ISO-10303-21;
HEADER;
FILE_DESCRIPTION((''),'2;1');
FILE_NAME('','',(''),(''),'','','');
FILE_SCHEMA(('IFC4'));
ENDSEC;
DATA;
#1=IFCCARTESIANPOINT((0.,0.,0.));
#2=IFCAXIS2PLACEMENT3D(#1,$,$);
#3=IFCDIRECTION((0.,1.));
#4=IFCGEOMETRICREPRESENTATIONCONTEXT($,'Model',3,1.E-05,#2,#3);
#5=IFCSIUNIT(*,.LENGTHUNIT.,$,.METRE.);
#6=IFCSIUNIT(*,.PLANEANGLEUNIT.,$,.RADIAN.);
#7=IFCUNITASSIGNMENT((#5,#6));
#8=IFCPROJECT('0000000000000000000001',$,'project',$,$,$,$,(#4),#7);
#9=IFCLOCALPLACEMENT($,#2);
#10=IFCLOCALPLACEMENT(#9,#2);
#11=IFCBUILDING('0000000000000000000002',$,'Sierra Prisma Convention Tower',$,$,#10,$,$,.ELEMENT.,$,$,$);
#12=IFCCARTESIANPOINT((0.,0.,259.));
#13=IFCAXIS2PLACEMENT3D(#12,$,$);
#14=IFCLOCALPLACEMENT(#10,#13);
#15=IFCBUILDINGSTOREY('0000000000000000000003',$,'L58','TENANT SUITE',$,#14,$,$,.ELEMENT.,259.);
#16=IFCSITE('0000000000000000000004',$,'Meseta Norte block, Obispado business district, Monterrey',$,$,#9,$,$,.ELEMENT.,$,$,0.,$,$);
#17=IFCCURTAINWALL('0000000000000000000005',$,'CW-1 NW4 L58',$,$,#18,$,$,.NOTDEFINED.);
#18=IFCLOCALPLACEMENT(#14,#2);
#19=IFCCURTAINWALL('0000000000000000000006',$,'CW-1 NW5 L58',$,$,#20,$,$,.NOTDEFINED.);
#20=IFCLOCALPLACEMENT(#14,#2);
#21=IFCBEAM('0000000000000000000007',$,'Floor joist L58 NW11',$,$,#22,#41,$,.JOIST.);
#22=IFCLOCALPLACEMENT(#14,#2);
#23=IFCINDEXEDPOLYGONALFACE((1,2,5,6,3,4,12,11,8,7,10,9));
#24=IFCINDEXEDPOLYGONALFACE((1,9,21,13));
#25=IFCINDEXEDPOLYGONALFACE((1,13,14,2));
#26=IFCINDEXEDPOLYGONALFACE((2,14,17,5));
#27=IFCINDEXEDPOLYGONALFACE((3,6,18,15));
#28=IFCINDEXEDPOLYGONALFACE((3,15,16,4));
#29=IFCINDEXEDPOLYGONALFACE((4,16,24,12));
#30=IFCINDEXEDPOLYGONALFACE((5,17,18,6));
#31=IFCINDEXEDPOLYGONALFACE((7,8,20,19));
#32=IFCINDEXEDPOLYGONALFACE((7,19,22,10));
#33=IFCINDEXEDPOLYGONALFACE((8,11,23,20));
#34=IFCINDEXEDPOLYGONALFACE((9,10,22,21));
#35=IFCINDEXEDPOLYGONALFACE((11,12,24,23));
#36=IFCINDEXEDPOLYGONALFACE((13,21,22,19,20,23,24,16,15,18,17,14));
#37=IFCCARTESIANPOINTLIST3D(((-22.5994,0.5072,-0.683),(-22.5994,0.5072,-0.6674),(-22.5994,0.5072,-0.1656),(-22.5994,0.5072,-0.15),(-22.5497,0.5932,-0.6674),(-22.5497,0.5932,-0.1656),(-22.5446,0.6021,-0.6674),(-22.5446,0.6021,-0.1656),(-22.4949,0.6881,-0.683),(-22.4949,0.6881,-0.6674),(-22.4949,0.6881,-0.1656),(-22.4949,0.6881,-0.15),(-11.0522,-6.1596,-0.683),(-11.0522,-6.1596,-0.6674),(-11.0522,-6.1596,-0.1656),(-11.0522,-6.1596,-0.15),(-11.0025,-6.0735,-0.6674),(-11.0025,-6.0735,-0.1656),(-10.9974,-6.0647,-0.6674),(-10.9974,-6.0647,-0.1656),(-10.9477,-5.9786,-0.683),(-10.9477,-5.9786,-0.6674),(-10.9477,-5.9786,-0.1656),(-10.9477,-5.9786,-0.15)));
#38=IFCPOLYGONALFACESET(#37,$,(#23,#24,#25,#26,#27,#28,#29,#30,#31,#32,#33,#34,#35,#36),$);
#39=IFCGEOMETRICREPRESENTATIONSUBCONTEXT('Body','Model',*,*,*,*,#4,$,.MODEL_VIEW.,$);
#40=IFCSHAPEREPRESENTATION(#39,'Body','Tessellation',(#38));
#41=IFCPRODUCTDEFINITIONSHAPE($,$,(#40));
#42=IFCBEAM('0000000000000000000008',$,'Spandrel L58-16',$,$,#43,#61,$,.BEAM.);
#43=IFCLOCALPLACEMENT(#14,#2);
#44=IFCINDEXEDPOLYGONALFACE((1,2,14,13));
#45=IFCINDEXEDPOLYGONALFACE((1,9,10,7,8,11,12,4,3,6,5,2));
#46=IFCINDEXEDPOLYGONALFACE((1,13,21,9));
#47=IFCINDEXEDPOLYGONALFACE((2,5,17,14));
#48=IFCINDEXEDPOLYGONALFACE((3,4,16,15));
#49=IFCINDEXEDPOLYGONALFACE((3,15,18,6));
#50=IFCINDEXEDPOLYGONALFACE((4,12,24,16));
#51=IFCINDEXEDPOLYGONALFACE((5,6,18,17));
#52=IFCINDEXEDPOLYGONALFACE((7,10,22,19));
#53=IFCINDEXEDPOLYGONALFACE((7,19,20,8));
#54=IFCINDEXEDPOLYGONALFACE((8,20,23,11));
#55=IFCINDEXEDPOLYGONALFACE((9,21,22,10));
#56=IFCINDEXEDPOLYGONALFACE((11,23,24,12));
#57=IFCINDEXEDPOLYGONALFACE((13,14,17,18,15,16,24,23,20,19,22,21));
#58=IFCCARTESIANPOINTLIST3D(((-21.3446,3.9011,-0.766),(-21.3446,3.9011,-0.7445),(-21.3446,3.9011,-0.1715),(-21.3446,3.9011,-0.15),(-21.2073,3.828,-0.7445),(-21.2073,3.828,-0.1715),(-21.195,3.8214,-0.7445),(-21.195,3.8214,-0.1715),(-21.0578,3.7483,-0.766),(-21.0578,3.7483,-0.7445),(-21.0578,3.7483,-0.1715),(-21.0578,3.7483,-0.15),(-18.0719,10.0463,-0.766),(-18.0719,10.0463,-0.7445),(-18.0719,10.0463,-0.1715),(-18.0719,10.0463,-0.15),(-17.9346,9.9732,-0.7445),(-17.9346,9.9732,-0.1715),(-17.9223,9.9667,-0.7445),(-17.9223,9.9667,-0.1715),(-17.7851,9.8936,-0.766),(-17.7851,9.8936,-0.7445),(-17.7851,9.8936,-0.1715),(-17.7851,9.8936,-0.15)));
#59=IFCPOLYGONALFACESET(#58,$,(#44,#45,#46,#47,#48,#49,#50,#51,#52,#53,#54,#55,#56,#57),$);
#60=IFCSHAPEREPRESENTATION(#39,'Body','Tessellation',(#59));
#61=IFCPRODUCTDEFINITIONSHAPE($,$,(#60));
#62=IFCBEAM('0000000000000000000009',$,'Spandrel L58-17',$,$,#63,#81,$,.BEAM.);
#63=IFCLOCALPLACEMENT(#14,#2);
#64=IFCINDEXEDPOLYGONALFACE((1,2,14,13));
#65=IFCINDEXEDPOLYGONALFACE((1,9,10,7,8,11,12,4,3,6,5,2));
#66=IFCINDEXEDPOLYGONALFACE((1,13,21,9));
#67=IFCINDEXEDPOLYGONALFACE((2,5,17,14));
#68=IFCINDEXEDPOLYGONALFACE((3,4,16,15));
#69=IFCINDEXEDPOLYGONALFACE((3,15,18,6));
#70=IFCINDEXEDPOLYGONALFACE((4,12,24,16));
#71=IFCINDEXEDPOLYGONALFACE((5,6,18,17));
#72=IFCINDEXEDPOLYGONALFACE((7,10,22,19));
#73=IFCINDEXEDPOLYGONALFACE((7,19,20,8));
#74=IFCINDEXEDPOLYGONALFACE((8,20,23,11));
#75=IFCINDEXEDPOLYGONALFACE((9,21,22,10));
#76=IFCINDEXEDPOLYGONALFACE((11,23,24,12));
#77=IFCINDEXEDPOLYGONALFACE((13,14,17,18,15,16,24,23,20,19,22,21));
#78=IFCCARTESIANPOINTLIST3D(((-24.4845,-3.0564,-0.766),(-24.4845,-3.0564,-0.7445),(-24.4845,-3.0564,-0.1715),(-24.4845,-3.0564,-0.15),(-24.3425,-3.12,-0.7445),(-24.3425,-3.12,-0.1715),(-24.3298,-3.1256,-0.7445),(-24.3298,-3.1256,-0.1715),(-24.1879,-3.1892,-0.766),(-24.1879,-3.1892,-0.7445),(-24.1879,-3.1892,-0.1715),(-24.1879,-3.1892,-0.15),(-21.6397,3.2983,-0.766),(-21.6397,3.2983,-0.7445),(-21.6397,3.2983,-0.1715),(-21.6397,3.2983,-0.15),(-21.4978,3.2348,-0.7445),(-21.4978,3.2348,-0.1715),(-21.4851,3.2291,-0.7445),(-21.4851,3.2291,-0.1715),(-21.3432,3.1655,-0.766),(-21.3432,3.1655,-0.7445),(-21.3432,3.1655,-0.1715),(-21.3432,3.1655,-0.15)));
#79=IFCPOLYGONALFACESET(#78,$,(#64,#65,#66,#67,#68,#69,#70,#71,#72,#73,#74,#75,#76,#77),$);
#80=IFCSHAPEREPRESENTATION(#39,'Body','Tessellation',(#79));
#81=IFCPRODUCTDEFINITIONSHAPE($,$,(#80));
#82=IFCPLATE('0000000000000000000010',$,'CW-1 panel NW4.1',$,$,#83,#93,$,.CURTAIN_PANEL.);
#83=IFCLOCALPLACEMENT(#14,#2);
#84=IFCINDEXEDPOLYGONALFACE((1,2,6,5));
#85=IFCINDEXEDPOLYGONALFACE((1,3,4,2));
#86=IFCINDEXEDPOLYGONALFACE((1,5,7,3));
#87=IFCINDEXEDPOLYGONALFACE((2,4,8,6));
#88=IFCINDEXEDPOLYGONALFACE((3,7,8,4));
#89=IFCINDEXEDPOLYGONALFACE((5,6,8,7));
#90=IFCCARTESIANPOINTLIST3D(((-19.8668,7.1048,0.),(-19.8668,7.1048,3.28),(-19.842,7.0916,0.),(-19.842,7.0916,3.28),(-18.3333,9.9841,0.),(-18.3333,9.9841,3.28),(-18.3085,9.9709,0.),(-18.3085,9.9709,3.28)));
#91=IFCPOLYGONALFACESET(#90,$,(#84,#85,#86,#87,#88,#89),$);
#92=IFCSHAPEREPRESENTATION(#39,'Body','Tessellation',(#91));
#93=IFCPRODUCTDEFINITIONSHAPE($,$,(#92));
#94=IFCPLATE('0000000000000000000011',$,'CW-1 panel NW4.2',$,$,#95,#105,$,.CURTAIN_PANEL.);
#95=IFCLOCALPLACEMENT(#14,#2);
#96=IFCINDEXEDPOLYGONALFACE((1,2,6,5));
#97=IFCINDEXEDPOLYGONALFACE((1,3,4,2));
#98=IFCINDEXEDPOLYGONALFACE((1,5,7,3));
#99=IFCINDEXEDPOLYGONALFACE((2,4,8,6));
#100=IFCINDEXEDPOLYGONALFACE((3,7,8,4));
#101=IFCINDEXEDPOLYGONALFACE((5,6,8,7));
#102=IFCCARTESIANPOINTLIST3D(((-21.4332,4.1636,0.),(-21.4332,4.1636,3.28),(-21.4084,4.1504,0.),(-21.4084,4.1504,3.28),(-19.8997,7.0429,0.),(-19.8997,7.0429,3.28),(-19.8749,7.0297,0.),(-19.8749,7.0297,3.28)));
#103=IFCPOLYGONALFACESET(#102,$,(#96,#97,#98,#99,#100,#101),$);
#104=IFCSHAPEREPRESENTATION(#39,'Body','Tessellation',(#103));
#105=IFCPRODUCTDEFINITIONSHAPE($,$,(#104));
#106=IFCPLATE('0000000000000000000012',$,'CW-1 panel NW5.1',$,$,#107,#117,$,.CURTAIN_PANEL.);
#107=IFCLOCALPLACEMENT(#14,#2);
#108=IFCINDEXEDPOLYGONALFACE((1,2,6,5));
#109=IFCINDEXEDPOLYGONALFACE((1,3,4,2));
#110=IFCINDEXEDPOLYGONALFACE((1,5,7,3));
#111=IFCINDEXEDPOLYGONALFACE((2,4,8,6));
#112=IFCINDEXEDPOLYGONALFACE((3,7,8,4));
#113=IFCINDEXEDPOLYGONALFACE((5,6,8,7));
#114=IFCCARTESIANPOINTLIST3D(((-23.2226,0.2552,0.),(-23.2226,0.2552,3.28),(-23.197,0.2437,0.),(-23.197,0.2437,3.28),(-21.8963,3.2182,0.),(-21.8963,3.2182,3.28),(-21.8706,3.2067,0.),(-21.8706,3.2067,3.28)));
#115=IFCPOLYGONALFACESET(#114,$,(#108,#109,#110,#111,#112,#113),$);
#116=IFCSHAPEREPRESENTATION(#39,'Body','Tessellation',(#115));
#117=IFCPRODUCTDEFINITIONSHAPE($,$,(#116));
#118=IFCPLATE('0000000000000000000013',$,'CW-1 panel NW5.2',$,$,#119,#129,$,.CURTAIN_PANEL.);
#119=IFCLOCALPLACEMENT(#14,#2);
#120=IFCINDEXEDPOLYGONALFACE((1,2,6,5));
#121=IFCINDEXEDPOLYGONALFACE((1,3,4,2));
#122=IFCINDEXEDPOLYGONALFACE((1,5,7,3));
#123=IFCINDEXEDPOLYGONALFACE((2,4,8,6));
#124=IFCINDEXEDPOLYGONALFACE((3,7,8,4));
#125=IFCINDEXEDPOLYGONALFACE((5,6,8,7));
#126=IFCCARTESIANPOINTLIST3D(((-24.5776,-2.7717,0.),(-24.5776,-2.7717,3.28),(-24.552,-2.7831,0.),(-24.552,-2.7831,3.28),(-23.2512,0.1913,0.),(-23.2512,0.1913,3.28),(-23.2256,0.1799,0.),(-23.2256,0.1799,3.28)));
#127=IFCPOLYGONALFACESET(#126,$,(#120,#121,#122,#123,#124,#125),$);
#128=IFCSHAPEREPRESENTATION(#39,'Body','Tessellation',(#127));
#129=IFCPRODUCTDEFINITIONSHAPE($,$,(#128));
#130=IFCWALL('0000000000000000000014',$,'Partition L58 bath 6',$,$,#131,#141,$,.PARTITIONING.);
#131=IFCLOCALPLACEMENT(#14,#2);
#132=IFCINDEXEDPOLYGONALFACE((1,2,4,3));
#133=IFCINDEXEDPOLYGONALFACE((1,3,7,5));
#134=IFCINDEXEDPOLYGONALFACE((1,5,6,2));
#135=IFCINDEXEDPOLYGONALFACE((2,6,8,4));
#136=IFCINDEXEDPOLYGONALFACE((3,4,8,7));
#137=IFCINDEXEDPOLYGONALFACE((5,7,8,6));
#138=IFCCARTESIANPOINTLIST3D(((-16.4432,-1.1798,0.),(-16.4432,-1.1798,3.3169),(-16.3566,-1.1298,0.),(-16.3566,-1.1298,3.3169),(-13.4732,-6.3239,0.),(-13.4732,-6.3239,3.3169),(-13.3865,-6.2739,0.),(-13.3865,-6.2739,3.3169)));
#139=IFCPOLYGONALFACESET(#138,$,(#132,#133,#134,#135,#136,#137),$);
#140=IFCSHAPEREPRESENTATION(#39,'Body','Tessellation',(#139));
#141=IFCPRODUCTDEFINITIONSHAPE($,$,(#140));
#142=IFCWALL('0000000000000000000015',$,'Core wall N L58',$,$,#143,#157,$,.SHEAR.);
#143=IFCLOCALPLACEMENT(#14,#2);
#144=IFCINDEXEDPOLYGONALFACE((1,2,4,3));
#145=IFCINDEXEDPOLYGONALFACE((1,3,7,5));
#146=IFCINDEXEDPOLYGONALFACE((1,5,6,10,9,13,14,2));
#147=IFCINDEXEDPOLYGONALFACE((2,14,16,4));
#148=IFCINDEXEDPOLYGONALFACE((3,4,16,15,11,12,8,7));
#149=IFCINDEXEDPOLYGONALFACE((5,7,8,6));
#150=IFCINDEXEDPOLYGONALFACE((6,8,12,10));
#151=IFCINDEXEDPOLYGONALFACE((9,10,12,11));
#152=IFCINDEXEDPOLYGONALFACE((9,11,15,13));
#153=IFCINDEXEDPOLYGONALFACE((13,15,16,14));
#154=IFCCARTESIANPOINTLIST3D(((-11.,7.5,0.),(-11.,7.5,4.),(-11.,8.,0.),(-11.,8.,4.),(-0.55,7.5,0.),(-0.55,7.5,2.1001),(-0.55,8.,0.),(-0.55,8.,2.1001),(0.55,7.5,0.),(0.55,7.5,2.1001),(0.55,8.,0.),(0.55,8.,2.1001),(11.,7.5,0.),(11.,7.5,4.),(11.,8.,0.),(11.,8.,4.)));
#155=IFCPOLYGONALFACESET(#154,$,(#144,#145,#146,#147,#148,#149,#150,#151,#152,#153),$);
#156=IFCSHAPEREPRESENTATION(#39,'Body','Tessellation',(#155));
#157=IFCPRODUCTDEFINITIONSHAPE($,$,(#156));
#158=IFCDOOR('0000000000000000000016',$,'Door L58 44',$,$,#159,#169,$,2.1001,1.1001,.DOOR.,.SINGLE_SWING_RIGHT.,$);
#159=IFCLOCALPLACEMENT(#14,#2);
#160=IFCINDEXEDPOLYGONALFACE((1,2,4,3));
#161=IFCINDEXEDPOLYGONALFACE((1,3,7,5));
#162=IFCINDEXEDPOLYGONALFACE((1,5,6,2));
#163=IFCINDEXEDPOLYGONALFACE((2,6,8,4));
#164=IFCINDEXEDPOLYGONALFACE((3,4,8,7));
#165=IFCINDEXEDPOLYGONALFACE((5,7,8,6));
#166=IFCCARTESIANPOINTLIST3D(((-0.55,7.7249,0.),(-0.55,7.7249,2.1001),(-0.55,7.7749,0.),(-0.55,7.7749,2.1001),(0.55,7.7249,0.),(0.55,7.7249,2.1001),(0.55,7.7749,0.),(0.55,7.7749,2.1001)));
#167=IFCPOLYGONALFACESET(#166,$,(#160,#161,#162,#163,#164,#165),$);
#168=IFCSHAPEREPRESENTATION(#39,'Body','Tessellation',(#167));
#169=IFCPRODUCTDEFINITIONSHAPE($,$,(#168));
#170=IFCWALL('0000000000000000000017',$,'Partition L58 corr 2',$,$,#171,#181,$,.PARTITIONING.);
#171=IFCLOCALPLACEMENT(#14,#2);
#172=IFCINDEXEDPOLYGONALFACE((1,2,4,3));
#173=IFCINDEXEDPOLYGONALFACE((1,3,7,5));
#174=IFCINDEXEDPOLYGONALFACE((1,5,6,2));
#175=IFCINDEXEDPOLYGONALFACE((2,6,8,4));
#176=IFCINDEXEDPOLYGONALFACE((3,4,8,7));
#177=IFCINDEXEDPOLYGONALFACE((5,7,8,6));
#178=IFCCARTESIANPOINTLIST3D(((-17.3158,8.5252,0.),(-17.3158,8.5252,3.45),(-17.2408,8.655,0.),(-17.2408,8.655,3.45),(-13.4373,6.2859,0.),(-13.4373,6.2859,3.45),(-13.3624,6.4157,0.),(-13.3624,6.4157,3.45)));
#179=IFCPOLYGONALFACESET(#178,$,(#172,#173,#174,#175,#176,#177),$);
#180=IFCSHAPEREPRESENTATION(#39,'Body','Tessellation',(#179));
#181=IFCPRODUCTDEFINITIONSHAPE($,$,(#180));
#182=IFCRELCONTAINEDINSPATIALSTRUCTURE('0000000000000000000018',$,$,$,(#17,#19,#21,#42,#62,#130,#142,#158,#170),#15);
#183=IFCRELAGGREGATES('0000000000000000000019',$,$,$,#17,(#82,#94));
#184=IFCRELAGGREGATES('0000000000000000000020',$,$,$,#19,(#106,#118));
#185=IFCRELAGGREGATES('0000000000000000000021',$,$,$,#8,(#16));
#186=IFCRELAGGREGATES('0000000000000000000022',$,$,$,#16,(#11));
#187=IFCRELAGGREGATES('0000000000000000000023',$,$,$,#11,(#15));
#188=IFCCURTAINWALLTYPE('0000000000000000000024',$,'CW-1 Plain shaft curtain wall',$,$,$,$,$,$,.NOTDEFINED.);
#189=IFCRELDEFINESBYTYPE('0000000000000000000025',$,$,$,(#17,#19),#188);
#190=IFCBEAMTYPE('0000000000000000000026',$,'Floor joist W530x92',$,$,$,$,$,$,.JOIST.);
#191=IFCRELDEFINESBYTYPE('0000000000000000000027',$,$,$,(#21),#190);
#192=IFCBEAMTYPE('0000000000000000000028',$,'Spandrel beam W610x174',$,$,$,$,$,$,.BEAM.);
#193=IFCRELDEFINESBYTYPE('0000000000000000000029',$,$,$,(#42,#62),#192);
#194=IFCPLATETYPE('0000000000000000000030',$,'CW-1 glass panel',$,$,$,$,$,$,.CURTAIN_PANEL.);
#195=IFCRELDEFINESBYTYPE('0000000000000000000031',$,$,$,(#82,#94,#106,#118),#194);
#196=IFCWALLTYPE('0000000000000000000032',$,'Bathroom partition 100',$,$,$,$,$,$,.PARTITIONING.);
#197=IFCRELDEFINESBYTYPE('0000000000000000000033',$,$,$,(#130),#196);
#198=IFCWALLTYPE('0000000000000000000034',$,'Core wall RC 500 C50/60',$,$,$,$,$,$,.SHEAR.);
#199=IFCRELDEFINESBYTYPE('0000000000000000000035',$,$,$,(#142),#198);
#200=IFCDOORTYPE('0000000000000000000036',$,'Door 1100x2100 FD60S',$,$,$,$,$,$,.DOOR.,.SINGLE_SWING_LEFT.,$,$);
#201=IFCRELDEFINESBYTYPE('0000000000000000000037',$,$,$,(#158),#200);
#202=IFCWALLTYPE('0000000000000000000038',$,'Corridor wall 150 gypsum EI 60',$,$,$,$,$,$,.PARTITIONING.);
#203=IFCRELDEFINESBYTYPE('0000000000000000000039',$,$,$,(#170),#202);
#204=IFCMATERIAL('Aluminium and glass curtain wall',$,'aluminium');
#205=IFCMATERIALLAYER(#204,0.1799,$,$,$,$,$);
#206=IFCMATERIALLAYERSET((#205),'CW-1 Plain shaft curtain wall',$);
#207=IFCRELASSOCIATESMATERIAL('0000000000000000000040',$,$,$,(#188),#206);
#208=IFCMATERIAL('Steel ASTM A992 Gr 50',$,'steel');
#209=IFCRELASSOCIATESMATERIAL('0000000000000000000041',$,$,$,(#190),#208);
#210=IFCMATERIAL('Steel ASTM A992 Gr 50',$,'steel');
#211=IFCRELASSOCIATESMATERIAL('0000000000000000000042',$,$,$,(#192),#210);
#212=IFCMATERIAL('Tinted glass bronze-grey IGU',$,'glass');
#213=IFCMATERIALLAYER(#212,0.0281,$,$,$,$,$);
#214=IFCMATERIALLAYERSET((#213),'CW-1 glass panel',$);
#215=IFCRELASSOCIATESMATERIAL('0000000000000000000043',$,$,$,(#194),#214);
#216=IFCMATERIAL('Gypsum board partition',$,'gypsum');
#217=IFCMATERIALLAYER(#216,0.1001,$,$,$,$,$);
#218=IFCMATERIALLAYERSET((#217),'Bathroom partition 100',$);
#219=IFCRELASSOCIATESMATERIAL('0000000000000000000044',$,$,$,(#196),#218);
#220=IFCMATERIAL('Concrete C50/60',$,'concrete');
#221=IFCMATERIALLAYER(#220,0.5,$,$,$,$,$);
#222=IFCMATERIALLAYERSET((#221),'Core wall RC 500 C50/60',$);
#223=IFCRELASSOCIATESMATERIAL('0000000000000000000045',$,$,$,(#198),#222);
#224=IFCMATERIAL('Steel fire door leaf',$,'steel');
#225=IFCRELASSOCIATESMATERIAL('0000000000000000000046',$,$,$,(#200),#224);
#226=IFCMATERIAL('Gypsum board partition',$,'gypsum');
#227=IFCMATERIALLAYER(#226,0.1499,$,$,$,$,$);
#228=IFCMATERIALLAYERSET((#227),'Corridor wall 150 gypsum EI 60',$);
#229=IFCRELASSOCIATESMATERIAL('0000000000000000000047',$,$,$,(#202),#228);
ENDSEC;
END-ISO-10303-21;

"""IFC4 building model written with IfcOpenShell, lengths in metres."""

from ifc_helpers import new_model, si_unit, direction, frame, frame_2d, origin, origin_2d, place, context, subcontext, project, spatial, rectangle, i_section, extrude, material, layer, layer_set, material_profile, profile_set, type_object, element, fill, aggregate, save


model = new_model("IFC4")

# Units and contexts
model_context = context("Model", 3, precision=1e-05, world=origin(), true_north=direction((0.0, 1.0)))
body_context = subcontext(model_context, "Body", "Model", "MODEL_VIEW")
ifc_project = project(units=[si_unit("LENGTHUNIT", "METRE"), si_unit("PLANEANGLEUNIT", "RADIAN")], contexts=[model_context])

# Site, building, storey
site_placement = place(None, origin())
site = spatial("IfcSite", under=ifc_project, at=site_placement, Name="Meseta Norte block, Obispado business district, Monterrey", CompositionType="ELEMENT", RefElevation=0.0)
building_placement = place(site_placement, origin())
building = spatial("IfcBuilding", under=site, at=building_placement, Name="Sierra Prisma Convention Tower", CompositionType="ELEMENT")
storey_placement = place(building_placement, frame((0.0, 0.0, 259.0)))
storey = spatial("IfcBuildingStorey", under=building, at=storey_placement, Name="L58", Description="TENANT SUITE", CompositionType="ELEMENT", Elevation=259.0)

# Curtain wall
ifc_material_1 = material(Name="Aluminium and glass curtain wall", Category="aluminium")
ifc_layer_1 = layer(ifc_material_1, 0.1799)
ifc_layer_set_1 = layer_set([ifc_layer_1], Name="CW-1 Plain shaft curtain wall")
curtain_wall_type = type_object("IfcCurtainWallType", Name="CW-1 Plain shaft curtain wall", PredefinedType="NOTDEFINED", material=ifc_layer_set_1)
curtain_wall_1_placement = place(storey_placement, origin())
curtain_wall_1 = element("IfcCurtainWall", 1, at=curtain_wall_1_placement, inside=storey, type_object=curtain_wall_type, Name="CW-1 NW4 L58", PredefinedType="NOTDEFINED")

# Curtain wall
curtain_wall_2_placement = place(storey_placement, origin())
curtain_wall_2 = element("IfcCurtainWall", 2, at=curtain_wall_2_placement, inside=storey, type_object=curtain_wall_type, Name="CW-1 NW5 L58", PredefinedType="NOTDEFINED")

# Beams
ifc_material_2 = material(Name="Steel ASTM A992 Gr 50", Category="steel")
ifc_material_profile_1 = material_profile(ifc_material_2, i_section(OverallWidth=0.209, OverallDepth=0.533, WebThickness=0.0103, FlangeThickness=0.0156, at=origin_2d()), Name="W530x92")
ifc_profile_set_1 = profile_set([ifc_material_profile_1], Name="Steel ASTM A992 Gr 50")
beam_type_1 = type_object("IfcBeamType", Name="Floor joist W530x92", PredefinedType="JOIST", material=ifc_profile_set_1)
beam_1_placement = place(storey_placement, frame((-22.5471, 0.5977, -0.4165), z_axis=(0.866025, -0.500001, 0.0), x_axis=(0.500001, 0.866025, 0.0)))
element("IfcBeam", 3, at=beam_1_placement, inside=storey, type_object=beam_type_1, Name="Floor joist L58 NW11", PredefinedType="JOIST", context=body_context, shape_type="SweptSolid", body=[
    extrude(i_section(OverallWidth=0.209, OverallDepth=0.533, WebThickness=0.0103, FlangeThickness=0.0156, at=origin_2d()), origin(), (0.0, 0.0, 1.0), 13.3335),
])
ifc_material_3 = material(Name="Steel ASTM A992 Gr 50", Category="steel")
ifc_material_profile_2 = material_profile(ifc_material_3, i_section(OverallWidth=0.325, OverallDepth=0.616, WebThickness=0.0139, FlangeThickness=0.0215, at=origin_2d()), Name="W610x174")
ifc_profile_set_2 = profile_set([ifc_material_profile_2], Name="Steel ASTM A992 Gr 50")
beam_type_2 = type_object("IfcBeamType", Name="Spandrel beam W610x174", PredefinedType="BEAM", material=ifc_profile_set_2)
for number, where, z_axis, x_axis, name in (
    (4, (-17.9285, 9.97, -0.458), (-0.470055, -0.882637, 0.0), (0.882637, -0.470055, 0.0), "Spandrel L58-16"),
    (5, (-21.4915, 3.2319, -0.458), (-0.408584, -0.912721, 0.0), (0.912721, -0.408584, 0.0), "Spandrel L58-17"),
):
    element("IfcBeam", number, at=place(storey_placement, frame(where, z_axis=z_axis, x_axis=x_axis)), inside=storey, type_object=beam_type_2, Name=name, PredefinedType="BEAM", context=body_context, shape_type="SweptSolid", body=[
        extrude(i_section(OverallWidth=0.325, OverallDepth=0.616, WebThickness=0.0139, FlangeThickness=0.0215, at=origin_2d()), origin(), (0.0, 0.0, 1.0), 6.9624),
    ])

# Plates
ifc_material_4 = material(Name="Tinted glass bronze-grey IGU", Category="glass")
ifc_layer_2 = layer(ifc_material_4, 0.0281)
ifc_layer_set_2 = layer_set([ifc_layer_2], Name="CW-1 glass panel")
plate_type = type_object("IfcPlateType", Name="CW-1 glass panel", PredefinedType="CURTAIN_PANEL", material=ifc_layer_set_2)
plate_1_placement = place(storey_placement, frame((-19.0876, 8.5378, 0.0), z_axis=(0.0, 0.0, 1.0), x_axis=(-0.470063, -0.882633, 0.0)))
plate_1 = element("IfcPlate", 6, at=plate_1_placement, type_object=plate_type, Name="CW-1 panel NW4.1", PredefinedType="CURTAIN_PANEL", context=body_context, shape_type="SweptSolid", body=[
    extrude(rectangle(XDim=3.2622, YDim=0.0281, at=origin_2d()), origin(), (0.0, 0.0, 1.0), 3.28),
])
plate_2_placement = place(storey_placement, frame((-20.6541, 5.5967, 0.0), z_axis=(0.0, 0.0, 1.0), x_axis=(-0.470063, -0.882633, 0.0)))
plate_2 = element("IfcPlate", 7, at=plate_2_placement, type_object=plate_type, Name="CW-1 panel NW4.2", PredefinedType="CURTAIN_PANEL", context=body_context, shape_type="SweptSolid", body=[
    extrude(rectangle(XDim=3.2622, YDim=0.0281, at=origin_2d()), origin(), (0.0, 0.0, 1.0), 3.28),
])
aggregate(curtain_wall_1, [plate_1, plate_2])
plate_3_placement = place(storey_placement, frame((-22.5466, 1.731, 0.0), z_axis=(0.0, 0.0, 1.0), x_axis=(-0.408572, -0.912726, 0.0)))
plate_3 = element("IfcPlate", 8, at=plate_3_placement, type_object=plate_type, Name="CW-1 panel NW5.1", PredefinedType="CURTAIN_PANEL", context=body_context, shape_type="SweptSolid", body=[
    extrude(rectangle(XDim=3.2463, YDim=0.0281, at=origin_2d()), origin(), (0.0, 0.0, 1.0), 3.28),
])
plate_4_placement = place(storey_placement, frame((-23.9016, -1.2959, 0.0), z_axis=(0.0, 0.0, 1.0), x_axis=(-0.408572, -0.912726, 0.0)))
plate_4 = element("IfcPlate", 9, at=plate_4_placement, type_object=plate_type, Name="CW-1 panel NW5.2", PredefinedType="CURTAIN_PANEL", context=body_context, shape_type="SweptSolid", body=[
    extrude(rectangle(XDim=3.2463, YDim=0.0281, at=origin_2d()), origin(), (0.0, 0.0, 1.0), 3.28),
])
aggregate(curtain_wall_2, [plate_3, plate_4])

# Wall
ifc_material_5 = material(Name="Gypsum board partition", Category="gypsum")
ifc_layer_3 = layer(ifc_material_5, 0.1001)
ifc_layer_set_3 = layer_set([ifc_layer_3], Name="Bathroom partition 100")
wall_type_1 = type_object("IfcWallType", Name="Bathroom partition 100", PredefinedType="PARTITIONING", material=ifc_layer_set_3)
wall_1_placement = place(storey_placement, frame((-16.3999, -1.1548, 0.0), z_axis=(0.0, 0.0, 1.0), x_axis=(0.500007, -0.866021, 0.0)))
element("IfcWall", 10, at=wall_1_placement, inside=storey, type_object=wall_type_1, Name="Partition L58 bath 6", PredefinedType="PARTITIONING", context=body_context, shape_type="SweptSolid", body=[
    extrude(rectangle(XDim=5.9399, YDim=0.1001, at=frame_2d((2.97, 0.0))), origin(), (0.0, 0.0, 1.0), 3.3169),
])

# Wall, opening, door
ifc_material_6 = material(Name="Concrete C50/60", Category="concrete")
ifc_layer_4 = layer(ifc_material_6, 0.5)
ifc_layer_set_4 = layer_set([ifc_layer_4], Name="Core wall RC 500 C50/60")
wall_type_2 = type_object("IfcWallType", Name="Core wall RC 500 C50/60", PredefinedType="SHEAR", material=ifc_layer_set_4)
wall_2_placement = place(storey_placement, frame((-11.0, 7.75, 0.0), z_axis=(0.0, 0.0, 1.0), x_axis=(1.0, 0.0, 0.0)))
wall_2 = element("IfcWall", 11, at=wall_2_placement, inside=storey, type_object=wall_type_2, Name="Core wall N L58", PredefinedType="SHEAR", context=body_context, shape_type="SweptSolid", body=[
    extrude(rectangle(XDim=22.0, YDim=0.5, at=frame_2d((11.0, 0.0))), origin(), (0.0, 0.0, 1.0), 4.0),
])
opening_1_placement = place(wall_2_placement, frame((10.45, 0.0, 0.0)))
opening_1 = element("IfcOpeningElement", 12, at=opening_1_placement, cuts=wall_2, PredefinedType="OPENING", context=body_context, shape_type="SweptSolid", body=[
    extrude(rectangle(XDim=1.1001, YDim=2.1001, at=frame_2d((0.55, 1.05))), frame((0.0, 0.25, 0.0), z_axis=(0.0, -1.0, 0.0), x_axis=(1.0, 0.0, 0.0)), (0.0, 0.0, 1.0), 0.5),
])
ifc_material_7 = material(Name="Steel fire door leaf", Category="steel")
door_type_1 = type_object("IfcDoorType", Name="Door 1100x2100 FD60S", OperationType="SINGLE_SWING_LEFT", PredefinedType="DOOR", material=ifc_material_7)
door_1_placement = place(opening_1_placement, origin())
door_1 = element("IfcDoor", 13, at=door_1_placement, inside=storey, type_object=door_type_1, Name="Door L58 44", OperationType="SINGLE_SWING_RIGHT", OverallHeight=2.1001, OverallWidth=1.1001, PredefinedType="DOOR", context=body_context, shape_type="SweptSolid", body=[
    extrude(rectangle(XDim=1.1001, YDim=2.1001, at=frame_2d((0.55, 1.05))), frame((0.0, 0.0249, 0.0), z_axis=(0.0, -1.0, 0.0), x_axis=(1.0, 0.0, 0.0)), (0.0, 0.0, 1.0), 0.05),
])
fill(opening_1, door_1)

# Wall
ifc_material_8 = material(Name="Gypsum board partition", Category="gypsum")
ifc_layer_5 = layer(ifc_material_8, 0.1499)
ifc_layer_set_5 = layer_set([ifc_layer_5], Name="Corridor wall 150 gypsum EI 60")
wall_type_3 = type_object("IfcWallType", Name="Corridor wall 150 gypsum EI 60", PredefinedType="PARTITIONING", material=ifc_layer_set_5)
wall_3_placement = place(storey_placement, frame((-17.2783, 8.5901, 0.0), z_axis=(0.0, 0.0, 1.0), x_axis=(0.86602, -0.500009, 0.0)))
element("IfcWall", 14, at=wall_3_placement, inside=storey, type_object=wall_type_3, Name="Partition L58 corr 2", PredefinedType="PARTITIONING", context=body_context, shape_type="SweptSolid", body=[
    extrude(rectangle(XDim=4.4785, YDim=0.1499, at=frame_2d((2.2393, 0.0))), origin(), (0.0, 0.0, 1.0), 3.45),
])

save(model, "model.ifc")
